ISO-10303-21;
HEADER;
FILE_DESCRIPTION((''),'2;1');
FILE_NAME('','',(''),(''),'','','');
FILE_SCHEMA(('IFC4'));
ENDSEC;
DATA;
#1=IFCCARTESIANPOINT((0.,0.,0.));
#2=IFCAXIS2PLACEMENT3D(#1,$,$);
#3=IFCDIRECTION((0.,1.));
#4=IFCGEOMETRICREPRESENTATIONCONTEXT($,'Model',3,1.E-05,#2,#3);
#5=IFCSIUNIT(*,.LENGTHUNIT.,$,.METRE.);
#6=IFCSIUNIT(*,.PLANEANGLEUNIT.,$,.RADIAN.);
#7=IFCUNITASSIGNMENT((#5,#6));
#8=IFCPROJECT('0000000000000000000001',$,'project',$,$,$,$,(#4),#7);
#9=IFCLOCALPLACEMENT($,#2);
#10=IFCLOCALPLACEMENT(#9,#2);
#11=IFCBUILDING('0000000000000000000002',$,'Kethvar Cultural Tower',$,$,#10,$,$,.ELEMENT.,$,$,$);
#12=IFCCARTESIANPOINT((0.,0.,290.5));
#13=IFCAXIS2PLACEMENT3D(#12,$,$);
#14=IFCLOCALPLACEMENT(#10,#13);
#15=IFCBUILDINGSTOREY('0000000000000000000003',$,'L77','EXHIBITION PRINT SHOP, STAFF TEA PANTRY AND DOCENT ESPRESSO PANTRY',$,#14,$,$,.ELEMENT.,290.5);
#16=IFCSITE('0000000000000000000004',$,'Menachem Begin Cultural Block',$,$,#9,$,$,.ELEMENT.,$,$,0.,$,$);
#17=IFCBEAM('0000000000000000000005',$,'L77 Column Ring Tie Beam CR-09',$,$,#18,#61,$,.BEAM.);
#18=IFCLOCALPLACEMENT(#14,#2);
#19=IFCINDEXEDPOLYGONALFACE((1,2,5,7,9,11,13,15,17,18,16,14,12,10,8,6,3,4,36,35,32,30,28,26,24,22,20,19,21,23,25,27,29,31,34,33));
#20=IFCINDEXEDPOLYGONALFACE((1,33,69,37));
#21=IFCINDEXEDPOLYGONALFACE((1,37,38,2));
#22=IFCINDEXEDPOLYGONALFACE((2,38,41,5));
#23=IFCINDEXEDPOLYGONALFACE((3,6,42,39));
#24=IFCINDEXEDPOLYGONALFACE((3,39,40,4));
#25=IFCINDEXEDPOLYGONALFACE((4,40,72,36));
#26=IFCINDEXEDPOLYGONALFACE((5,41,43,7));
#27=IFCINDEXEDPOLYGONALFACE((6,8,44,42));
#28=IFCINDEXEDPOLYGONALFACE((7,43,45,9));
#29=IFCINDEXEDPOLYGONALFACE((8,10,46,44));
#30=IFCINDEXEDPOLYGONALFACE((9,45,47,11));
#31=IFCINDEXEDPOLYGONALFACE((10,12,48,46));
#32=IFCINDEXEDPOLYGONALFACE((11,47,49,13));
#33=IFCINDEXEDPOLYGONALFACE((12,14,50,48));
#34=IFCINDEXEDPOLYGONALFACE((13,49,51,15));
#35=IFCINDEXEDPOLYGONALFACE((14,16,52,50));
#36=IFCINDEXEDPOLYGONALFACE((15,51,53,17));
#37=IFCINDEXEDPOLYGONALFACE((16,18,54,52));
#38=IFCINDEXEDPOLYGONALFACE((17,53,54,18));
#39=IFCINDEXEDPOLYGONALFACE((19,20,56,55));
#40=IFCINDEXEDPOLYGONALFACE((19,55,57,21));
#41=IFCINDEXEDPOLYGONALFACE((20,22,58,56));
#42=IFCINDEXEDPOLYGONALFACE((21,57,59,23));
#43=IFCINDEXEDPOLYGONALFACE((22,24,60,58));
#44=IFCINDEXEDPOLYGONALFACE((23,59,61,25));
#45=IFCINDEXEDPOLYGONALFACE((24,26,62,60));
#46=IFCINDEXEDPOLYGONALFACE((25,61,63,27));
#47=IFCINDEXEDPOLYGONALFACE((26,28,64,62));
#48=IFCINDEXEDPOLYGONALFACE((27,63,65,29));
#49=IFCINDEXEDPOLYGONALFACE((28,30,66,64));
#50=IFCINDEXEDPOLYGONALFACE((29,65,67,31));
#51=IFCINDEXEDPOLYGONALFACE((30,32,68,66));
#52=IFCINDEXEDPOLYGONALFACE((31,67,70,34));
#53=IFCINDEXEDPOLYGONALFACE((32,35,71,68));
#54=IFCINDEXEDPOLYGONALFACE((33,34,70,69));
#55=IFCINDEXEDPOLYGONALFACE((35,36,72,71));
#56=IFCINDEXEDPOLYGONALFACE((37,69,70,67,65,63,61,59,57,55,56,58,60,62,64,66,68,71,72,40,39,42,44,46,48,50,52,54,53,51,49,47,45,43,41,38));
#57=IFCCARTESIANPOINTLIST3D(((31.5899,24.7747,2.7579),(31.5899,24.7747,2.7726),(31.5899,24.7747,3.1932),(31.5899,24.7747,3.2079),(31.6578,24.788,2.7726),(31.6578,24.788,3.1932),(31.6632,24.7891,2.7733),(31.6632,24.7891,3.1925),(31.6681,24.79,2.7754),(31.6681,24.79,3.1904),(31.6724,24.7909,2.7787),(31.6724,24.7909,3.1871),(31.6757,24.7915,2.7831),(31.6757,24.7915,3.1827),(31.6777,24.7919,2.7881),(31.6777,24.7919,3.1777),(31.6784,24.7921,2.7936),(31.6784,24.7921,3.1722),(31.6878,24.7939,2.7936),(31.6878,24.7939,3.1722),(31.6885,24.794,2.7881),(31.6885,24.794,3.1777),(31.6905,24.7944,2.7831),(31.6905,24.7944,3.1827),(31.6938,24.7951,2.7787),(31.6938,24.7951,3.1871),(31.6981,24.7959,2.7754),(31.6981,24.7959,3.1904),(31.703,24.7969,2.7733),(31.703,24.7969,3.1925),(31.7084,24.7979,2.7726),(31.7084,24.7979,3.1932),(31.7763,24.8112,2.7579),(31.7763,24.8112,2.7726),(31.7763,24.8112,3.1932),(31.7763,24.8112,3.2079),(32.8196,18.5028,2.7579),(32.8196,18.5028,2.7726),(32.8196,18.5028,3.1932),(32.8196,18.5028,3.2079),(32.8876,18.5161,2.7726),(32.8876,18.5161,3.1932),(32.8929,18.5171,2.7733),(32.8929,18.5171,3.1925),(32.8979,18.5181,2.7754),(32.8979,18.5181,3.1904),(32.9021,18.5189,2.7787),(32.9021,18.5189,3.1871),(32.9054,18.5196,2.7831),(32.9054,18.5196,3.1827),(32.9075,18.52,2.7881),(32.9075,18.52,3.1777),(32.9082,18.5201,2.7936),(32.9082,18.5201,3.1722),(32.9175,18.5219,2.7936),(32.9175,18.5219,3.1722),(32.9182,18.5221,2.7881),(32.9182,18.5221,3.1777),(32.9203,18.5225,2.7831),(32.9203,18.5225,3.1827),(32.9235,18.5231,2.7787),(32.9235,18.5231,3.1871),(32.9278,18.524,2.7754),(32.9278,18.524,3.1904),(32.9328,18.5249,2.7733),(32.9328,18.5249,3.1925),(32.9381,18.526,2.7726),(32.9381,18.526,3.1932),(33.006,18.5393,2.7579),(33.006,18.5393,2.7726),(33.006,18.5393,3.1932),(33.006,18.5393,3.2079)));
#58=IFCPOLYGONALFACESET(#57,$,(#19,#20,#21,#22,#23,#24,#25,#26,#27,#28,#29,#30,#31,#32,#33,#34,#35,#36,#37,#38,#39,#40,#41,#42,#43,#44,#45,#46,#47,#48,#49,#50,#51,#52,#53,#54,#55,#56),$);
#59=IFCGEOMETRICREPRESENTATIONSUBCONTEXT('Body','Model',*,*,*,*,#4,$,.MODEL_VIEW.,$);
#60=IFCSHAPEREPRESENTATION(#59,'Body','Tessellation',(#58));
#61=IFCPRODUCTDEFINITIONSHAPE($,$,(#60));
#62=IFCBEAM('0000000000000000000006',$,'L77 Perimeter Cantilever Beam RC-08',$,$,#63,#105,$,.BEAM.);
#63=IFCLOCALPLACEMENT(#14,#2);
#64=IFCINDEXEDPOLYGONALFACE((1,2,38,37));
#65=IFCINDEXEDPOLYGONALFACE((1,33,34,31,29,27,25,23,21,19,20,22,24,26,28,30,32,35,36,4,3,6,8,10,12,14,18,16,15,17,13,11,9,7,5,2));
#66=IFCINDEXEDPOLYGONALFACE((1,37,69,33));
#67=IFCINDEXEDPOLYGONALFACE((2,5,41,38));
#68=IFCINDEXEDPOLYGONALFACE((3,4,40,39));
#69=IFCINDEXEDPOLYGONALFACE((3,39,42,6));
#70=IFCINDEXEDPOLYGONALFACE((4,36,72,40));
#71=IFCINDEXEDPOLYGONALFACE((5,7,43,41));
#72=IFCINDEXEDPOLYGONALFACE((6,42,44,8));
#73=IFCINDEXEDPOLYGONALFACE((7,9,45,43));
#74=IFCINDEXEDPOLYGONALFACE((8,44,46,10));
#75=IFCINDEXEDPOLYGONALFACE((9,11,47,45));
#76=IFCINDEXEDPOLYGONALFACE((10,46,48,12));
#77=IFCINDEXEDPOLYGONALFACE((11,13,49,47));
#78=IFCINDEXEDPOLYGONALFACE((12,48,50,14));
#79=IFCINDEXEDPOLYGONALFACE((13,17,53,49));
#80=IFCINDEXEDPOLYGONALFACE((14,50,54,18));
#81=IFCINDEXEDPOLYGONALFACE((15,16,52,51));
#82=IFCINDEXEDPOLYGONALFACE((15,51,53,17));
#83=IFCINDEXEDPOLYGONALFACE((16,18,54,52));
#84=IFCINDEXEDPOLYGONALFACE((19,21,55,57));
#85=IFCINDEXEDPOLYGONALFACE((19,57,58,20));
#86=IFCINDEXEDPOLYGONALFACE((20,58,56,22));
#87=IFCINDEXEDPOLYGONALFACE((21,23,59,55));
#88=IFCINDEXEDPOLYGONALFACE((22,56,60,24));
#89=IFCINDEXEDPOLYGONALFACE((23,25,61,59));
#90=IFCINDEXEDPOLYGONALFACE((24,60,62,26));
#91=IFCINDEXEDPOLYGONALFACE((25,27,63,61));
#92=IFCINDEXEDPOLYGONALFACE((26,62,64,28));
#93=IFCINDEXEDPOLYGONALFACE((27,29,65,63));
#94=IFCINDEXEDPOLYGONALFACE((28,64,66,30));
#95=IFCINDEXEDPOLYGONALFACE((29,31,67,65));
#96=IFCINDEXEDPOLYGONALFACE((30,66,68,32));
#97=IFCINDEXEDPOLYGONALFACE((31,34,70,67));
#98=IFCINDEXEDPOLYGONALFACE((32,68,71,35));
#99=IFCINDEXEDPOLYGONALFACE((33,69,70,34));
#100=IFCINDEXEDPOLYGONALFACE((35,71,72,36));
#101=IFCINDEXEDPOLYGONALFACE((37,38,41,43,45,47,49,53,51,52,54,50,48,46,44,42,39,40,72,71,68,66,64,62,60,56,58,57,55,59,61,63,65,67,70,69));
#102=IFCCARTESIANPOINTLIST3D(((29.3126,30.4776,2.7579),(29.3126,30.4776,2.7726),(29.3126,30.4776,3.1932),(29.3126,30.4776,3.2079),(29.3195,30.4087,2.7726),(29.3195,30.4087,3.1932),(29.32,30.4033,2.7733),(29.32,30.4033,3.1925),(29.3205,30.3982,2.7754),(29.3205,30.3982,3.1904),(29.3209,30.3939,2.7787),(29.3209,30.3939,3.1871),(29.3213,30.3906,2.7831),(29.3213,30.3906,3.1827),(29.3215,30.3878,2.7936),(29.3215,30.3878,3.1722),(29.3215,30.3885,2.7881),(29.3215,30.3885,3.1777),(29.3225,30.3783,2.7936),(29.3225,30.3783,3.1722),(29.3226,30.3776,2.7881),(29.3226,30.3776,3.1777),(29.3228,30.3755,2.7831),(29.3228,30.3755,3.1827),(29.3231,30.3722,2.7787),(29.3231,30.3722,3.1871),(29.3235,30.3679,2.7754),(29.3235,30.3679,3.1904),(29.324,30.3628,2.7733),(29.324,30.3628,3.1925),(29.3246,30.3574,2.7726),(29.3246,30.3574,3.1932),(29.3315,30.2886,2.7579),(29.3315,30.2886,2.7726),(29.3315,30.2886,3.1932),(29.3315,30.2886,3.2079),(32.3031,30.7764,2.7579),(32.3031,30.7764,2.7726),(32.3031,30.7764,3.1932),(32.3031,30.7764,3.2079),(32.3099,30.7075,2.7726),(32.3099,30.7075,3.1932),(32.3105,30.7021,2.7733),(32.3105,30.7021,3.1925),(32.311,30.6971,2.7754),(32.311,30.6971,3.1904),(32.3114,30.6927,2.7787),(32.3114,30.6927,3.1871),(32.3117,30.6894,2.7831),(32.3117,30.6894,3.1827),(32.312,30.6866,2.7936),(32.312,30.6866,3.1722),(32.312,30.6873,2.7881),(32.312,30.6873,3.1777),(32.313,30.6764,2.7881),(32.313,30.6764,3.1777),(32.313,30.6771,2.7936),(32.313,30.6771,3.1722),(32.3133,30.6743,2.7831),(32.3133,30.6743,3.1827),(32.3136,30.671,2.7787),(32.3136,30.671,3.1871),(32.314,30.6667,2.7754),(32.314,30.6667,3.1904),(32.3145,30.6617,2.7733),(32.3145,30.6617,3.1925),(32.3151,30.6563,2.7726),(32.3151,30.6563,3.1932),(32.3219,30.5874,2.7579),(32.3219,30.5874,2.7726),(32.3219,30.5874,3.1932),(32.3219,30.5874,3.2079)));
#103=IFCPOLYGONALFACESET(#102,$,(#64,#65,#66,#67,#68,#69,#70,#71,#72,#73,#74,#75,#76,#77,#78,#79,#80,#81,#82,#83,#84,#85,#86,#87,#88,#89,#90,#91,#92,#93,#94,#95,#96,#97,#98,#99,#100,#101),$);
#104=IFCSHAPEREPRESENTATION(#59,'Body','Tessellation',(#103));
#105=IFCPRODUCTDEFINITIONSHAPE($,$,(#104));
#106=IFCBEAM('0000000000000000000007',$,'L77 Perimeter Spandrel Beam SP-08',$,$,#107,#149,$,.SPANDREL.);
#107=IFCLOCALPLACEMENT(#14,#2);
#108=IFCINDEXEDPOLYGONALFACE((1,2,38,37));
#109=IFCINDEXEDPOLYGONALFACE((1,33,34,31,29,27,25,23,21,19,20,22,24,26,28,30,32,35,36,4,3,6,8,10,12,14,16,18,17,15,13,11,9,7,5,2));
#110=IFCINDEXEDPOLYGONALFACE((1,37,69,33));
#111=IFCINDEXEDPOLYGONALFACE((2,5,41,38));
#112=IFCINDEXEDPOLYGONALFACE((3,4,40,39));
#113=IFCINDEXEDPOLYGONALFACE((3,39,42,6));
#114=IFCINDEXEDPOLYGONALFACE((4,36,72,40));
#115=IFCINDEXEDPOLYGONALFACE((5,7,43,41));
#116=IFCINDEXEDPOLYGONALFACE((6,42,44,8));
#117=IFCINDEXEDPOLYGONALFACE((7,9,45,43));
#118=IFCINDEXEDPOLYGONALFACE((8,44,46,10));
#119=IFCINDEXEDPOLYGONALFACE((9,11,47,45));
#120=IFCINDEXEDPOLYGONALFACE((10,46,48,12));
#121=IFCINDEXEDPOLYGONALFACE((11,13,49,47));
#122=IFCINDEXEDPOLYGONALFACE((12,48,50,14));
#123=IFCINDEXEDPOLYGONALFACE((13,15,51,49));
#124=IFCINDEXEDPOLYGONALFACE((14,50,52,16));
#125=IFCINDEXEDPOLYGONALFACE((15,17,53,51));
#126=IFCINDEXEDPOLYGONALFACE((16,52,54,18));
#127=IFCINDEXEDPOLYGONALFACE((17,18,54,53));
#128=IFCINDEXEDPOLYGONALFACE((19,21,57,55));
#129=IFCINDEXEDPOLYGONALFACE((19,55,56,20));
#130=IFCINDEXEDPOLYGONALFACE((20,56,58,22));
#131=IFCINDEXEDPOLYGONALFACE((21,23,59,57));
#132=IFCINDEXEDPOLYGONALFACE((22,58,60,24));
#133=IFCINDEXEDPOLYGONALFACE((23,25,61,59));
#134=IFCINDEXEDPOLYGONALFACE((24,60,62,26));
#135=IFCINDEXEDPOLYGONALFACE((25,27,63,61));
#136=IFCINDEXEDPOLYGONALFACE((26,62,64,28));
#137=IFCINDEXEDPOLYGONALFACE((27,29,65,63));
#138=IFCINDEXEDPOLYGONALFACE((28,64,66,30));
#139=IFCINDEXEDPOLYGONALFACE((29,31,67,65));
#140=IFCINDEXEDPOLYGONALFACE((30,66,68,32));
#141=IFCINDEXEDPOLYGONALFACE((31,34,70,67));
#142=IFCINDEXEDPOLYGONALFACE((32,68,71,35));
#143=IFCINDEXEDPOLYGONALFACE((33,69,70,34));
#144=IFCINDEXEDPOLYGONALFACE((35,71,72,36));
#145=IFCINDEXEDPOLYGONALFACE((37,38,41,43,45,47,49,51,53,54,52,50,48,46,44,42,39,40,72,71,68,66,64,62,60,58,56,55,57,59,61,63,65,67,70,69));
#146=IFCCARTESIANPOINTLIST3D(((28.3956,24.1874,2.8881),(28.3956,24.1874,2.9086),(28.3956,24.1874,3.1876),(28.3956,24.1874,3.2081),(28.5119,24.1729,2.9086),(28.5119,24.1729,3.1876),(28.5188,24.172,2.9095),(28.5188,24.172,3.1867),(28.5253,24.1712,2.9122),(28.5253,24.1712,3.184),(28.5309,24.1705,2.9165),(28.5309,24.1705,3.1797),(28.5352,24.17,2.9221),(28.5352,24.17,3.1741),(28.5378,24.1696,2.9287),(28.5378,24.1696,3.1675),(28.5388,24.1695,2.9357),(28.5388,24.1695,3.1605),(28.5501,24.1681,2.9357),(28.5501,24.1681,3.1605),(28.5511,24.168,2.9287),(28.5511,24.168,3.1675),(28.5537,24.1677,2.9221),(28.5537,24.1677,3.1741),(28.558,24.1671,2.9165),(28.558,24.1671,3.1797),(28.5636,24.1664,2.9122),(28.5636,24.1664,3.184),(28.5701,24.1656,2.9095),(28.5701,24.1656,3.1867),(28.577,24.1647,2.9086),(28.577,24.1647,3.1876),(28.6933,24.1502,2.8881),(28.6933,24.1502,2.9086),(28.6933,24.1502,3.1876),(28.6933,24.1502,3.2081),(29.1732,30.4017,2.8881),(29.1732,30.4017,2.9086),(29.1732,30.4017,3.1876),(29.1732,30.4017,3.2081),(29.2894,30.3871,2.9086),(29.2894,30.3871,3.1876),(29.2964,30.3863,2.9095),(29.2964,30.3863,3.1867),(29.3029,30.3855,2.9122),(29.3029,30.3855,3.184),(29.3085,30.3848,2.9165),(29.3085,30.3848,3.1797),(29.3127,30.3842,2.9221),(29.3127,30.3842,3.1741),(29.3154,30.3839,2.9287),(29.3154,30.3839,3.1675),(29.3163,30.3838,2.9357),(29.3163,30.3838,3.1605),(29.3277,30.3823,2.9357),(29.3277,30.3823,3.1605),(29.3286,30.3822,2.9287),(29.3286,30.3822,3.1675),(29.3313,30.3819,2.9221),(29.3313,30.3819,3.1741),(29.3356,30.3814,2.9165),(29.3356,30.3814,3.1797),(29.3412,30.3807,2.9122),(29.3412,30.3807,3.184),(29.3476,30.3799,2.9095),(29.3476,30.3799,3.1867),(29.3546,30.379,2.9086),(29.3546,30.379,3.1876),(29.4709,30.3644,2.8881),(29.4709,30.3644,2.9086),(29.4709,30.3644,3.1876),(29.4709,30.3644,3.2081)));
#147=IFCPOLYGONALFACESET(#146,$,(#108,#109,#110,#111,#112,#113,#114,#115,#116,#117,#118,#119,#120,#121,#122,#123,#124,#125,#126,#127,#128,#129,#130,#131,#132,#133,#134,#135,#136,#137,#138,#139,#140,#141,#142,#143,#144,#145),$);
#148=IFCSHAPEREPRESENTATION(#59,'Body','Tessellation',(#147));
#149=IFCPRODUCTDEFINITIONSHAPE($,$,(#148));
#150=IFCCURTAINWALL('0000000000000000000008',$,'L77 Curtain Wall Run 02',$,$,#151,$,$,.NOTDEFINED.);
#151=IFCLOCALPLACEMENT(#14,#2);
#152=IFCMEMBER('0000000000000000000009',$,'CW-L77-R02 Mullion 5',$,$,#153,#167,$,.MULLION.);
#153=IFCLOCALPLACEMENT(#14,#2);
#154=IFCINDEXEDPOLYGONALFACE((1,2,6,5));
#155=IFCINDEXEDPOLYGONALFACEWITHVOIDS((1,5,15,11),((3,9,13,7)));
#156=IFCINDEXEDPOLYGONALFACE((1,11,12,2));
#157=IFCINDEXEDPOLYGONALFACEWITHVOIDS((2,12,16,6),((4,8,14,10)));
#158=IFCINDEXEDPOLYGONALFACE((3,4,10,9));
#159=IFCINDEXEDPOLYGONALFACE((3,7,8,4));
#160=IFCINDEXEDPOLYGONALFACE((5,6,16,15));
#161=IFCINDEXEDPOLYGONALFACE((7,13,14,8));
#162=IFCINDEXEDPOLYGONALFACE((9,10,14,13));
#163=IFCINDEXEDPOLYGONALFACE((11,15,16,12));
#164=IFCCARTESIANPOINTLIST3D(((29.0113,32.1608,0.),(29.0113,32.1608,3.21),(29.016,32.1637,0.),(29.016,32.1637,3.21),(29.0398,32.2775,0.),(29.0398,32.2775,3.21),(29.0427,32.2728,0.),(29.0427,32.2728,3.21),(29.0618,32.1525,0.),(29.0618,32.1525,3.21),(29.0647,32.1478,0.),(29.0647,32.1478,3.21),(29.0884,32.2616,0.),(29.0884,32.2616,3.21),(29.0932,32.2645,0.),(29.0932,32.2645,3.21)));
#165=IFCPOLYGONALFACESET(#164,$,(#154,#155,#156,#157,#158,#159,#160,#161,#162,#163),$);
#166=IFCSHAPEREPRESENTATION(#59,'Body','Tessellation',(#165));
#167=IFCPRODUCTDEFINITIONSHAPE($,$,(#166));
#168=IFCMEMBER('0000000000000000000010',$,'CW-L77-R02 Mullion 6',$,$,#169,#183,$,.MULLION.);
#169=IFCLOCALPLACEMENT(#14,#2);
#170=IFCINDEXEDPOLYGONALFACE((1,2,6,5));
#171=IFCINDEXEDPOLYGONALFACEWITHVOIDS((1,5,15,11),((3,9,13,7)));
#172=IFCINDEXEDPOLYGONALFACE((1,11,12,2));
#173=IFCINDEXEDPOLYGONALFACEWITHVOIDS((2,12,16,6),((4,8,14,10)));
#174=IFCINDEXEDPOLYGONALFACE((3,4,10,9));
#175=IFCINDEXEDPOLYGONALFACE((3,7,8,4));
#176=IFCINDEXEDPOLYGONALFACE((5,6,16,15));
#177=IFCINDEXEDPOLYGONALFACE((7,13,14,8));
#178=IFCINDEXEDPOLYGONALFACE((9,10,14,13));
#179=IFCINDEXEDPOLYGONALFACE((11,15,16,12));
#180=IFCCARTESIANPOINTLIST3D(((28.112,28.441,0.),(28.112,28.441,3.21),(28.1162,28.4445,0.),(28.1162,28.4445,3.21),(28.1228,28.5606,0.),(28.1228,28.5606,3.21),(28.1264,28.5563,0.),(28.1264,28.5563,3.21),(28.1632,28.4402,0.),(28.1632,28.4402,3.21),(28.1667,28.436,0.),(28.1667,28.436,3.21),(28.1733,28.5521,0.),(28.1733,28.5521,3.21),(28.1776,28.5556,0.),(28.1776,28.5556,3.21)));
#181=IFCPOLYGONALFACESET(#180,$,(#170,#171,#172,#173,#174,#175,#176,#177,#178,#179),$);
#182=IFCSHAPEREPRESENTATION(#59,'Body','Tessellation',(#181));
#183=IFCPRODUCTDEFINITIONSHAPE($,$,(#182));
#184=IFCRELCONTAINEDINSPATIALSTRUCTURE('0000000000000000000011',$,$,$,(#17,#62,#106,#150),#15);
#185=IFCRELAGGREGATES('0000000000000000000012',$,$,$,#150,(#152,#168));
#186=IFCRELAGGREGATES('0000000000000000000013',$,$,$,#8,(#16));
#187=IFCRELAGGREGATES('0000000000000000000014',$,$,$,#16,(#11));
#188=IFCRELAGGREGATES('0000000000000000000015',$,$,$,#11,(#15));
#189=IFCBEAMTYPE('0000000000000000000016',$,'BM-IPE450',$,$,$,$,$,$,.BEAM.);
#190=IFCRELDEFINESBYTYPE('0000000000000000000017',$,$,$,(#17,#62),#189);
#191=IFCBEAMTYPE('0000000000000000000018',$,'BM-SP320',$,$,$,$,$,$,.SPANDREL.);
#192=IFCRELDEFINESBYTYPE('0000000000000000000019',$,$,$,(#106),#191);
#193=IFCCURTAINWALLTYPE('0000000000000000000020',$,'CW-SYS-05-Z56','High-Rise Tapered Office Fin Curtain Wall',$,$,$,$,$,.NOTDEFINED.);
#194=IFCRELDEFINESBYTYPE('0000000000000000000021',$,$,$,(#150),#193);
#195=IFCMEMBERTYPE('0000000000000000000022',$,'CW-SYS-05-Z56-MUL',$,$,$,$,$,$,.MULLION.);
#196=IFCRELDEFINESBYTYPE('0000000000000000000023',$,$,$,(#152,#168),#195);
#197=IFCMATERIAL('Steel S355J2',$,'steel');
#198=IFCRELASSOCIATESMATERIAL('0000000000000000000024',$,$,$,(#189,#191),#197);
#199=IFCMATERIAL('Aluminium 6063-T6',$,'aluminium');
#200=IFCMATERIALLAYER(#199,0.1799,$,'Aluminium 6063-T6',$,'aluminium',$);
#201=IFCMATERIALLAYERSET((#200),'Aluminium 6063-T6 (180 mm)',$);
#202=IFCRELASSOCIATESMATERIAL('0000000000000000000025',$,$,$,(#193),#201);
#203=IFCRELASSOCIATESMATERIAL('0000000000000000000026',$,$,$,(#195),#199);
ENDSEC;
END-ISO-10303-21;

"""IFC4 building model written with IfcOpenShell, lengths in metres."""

from ifc_helpers import new_model, si_unit, direction, frame, origin, origin_2d, place, context, subcontext, project, spatial, hollow_rectangle, i_section, extrude, source, transform, mapped, material, layer, layer_set, material_profile, profile_set, type_object, element, aggregate, save


model = new_model("IFC4")

# Units and contexts
model_context = context("Model", 3, precision=1e-05, world=origin(), true_north=direction((0.0, 1.0)))
body_context = subcontext(model_context, "Body", "Model", "MODEL_VIEW")
ifc_project = project(units=[si_unit("LENGTHUNIT", "METRE"), si_unit("PLANEANGLEUNIT", "RADIAN")], contexts=[model_context])

# Site, building, storey
site_placement = place(None, origin())
site = spatial("IfcSite", under=ifc_project, at=site_placement, Name="Menachem Begin Cultural Block", CompositionType="ELEMENT", RefElevation=0.0)
building_placement = place(site_placement, origin())
building = spatial("IfcBuilding", under=site, at=building_placement, Name="Kethvar Cultural Tower", CompositionType="ELEMENT")
storey_placement = place(building_placement, frame((0.0, 0.0, 290.5)))
storey = spatial("IfcBuildingStorey", under=building, at=storey_placement, Name="L77", Description="EXHIBITION PRINT SHOP, STAFF TEA PANTRY AND DOCENT ESPRESSO PANTRY", CompositionType="ELEMENT", Elevation=290.5)

# Shared definitions
ifc_material_1 = material(Name="Steel S355J2", Category="steel")

# Beams
ifc_material_profile_1 = material_profile(ifc_material_1, i_section(OverallWidth=0.1899, OverallDepth=0.45, WebThickness=0.0095, FlangeThickness=0.0146, FilletRadius=0.021, at=origin_2d()), Name="Steel S355J2 — IPE450")
ifc_profile_set_1 = profile_set([ifc_material_profile_1], Name="Steel S355J2 — IPE450")
beam_type_1 = type_object("IfcBeamType", Name="BM-IPE450", PredefinedType="BEAM", material=ifc_profile_set_1)
shared_shape_1 = source(origin(), body_context, "Body", "SweptSolid", [
    extrude(i_section(OverallWidth=0.1899, OverallDepth=0.45, WebThickness=0.0095, FlangeThickness=0.0146, FilletRadius=0.021, at=origin_2d()), origin(), (0.0, 0.0, 1.0), 6.3914),
])
beam_1_placement = place(storey_placement, frame((31.6831, 24.793, 2.9829), z_axis=(0.192405, -0.981316, 0.0), x_axis=(0.981316, 0.192405, 0.0)))
element("IfcBeam", 1, at=beam_1_placement, inside=storey, type_object=beam_type_1, Name="L77 Column Ring Tie Beam CR-09", PredefinedType="BEAM", context=body_context, shape_type="MappedRepresentation", body=[
    mapped(shared_shape_1, transform((0.0, 0.0, 0.0), scale=1.0)),
])
shared_shape_2 = source(origin(), body_context, "Body", "SweptSolid", [
    extrude(i_section(OverallWidth=0.1899, OverallDepth=0.45, WebThickness=0.0095, FlangeThickness=0.0146, FilletRadius=0.021, at=origin_2d()), origin(), (0.0, 0.0, 1.0), 3.0054),
])
beam_2_placement = place(storey_placement, frame((32.3125, 30.6819, 2.9829), z_axis=(-0.995044, -0.099431, 0.0), x_axis=(0.099431, -0.995044, 0.0)))
element("IfcBeam", 2, at=beam_2_placement, inside=storey, type_object=beam_type_1, Name="L77 Perimeter Cantilever Beam RC-08", PredefinedType="BEAM", context=body_context, shape_type="MappedRepresentation", body=[
    mapped(shared_shape_2, transform((0.0, 0.0, 0.0), scale=1.0)),
])
ifc_material_profile_2 = material_profile(ifc_material_1, i_section(OverallWidth=0.3, OverallDepth=0.3201, WebThickness=0.0115, FlangeThickness=0.0205, FilletRadius=0.0271, at=origin_2d()), Name="Steel S355J2 — HEB320")
ifc_profile_set_2 = profile_set([ifc_material_profile_2], Name="Steel S355J2 — HEB320")
beam_type_2 = type_object("IfcBeamType", Name="BM-SP320", PredefinedType="SPANDREL", material=ifc_profile_set_2)
shared_shape_3 = source(origin(), body_context, "Body", "SweptSolid", [
    extrude(i_section(OverallWidth=0.3, OverallDepth=0.3201, WebThickness=0.0115, FlangeThickness=0.0205, FilletRadius=0.0271, at=origin_2d()), origin(), (0.0, 0.0, 1.0), 6.2627),
])
beam_3_placement = place(storey_placement, frame((29.322, 30.3831, 3.0481), z_axis=(-0.124159, -0.992262, 0.0), x_axis=(0.992262, -0.124159, 0.0)))
element("IfcBeam", 3, at=beam_3_placement, inside=storey, type_object=beam_type_2, Name="L77 Perimeter Spandrel Beam SP-08", PredefinedType="SPANDREL", context=body_context, shape_type="MappedRepresentation", body=[
    mapped(shared_shape_3, transform((0.0, 0.0, 0.0), scale=1.0)),
])

# Curtain wall, members
ifc_material_2 = material(Name="Aluminium 6063-T6", Category="aluminium")
ifc_layer_1 = layer(ifc_material_2, 0.1799, Name="Aluminium 6063-T6", Category="aluminium")
ifc_layer_set_1 = layer_set([ifc_layer_1], Name="Aluminium 6063-T6 (180 mm)")
curtain_wall_type = type_object("IfcCurtainWallType", Name="CW-SYS-05-Z56", Description="High-Rise Tapered Office Fin Curtain Wall", PredefinedType="NOTDEFINED", material=ifc_layer_set_1)
curtain_wall_1_placement = place(storey_placement, origin())
curtain_wall_1 = element("IfcCurtainWall", 4, at=curtain_wall_1_placement, inside=storey, type_object=curtain_wall_type, Name="L77 Curtain Wall Run 02", PredefinedType="NOTDEFINED")
ifc_material_profile_3 = material_profile(ifc_material_2, hollow_rectangle(XDim=0.0549, YDim=0.1201, WallThickness=0.0039, at=origin_2d()), Name="Aluminium 6063-T6 — RHS120x55x4")
ifc_profile_set_3 = profile_set([ifc_material_profile_3], Name="Aluminium 6063-T6 — RHS120x55x4")
member_type_1 = type_object("IfcMemberType", Name="CW-SYS-05-Z56-MUL", PredefinedType="MULLION", material=ifc_profile_set_3)
shared_shape_4 = source(origin(), body_context, "Body", "SweptSolid", [
    extrude(hollow_rectangle(XDim=0.0549, YDim=0.1201, WallThickness=0.0039, at=origin_2d()), origin(), (0.0, 0.0, 1.0), 3.21),
])
member_1_placement = place(storey_placement, frame((29.0522, 32.2126, 0.0), z_axis=(0.0, 0.0, 1.0), x_axis=(0.971508, -0.237008, 0.0)))
member_1 = element("IfcMember", 5, at=member_1_placement, type_object=member_type_1, Name="CW-L77-R02 Mullion 5", PredefinedType="MULLION", context=body_context, shape_type="MappedRepresentation", body=[
    mapped(shared_shape_4, transform((0.0, 0.0, 0.0), scale=1.0)),
])
member_2_placement = place(storey_placement, frame((28.1448, 28.4983, 0.0), z_axis=(0.0, 0.0, 1.0), x_axis=(0.995916, -0.090285, 0.0)))
member_2 = element("IfcMember", 6, at=member_2_placement, type_object=member_type_1, Name="CW-L77-R02 Mullion 6", PredefinedType="MULLION", context=body_context, shape_type="MappedRepresentation", body=[
    mapped(shared_shape_4, transform((0.0, 0.0, 0.0), scale=1.0)),
])

aggregate(curtain_wall_1, [member_1, member_2])

save(model, "model.ifc")
